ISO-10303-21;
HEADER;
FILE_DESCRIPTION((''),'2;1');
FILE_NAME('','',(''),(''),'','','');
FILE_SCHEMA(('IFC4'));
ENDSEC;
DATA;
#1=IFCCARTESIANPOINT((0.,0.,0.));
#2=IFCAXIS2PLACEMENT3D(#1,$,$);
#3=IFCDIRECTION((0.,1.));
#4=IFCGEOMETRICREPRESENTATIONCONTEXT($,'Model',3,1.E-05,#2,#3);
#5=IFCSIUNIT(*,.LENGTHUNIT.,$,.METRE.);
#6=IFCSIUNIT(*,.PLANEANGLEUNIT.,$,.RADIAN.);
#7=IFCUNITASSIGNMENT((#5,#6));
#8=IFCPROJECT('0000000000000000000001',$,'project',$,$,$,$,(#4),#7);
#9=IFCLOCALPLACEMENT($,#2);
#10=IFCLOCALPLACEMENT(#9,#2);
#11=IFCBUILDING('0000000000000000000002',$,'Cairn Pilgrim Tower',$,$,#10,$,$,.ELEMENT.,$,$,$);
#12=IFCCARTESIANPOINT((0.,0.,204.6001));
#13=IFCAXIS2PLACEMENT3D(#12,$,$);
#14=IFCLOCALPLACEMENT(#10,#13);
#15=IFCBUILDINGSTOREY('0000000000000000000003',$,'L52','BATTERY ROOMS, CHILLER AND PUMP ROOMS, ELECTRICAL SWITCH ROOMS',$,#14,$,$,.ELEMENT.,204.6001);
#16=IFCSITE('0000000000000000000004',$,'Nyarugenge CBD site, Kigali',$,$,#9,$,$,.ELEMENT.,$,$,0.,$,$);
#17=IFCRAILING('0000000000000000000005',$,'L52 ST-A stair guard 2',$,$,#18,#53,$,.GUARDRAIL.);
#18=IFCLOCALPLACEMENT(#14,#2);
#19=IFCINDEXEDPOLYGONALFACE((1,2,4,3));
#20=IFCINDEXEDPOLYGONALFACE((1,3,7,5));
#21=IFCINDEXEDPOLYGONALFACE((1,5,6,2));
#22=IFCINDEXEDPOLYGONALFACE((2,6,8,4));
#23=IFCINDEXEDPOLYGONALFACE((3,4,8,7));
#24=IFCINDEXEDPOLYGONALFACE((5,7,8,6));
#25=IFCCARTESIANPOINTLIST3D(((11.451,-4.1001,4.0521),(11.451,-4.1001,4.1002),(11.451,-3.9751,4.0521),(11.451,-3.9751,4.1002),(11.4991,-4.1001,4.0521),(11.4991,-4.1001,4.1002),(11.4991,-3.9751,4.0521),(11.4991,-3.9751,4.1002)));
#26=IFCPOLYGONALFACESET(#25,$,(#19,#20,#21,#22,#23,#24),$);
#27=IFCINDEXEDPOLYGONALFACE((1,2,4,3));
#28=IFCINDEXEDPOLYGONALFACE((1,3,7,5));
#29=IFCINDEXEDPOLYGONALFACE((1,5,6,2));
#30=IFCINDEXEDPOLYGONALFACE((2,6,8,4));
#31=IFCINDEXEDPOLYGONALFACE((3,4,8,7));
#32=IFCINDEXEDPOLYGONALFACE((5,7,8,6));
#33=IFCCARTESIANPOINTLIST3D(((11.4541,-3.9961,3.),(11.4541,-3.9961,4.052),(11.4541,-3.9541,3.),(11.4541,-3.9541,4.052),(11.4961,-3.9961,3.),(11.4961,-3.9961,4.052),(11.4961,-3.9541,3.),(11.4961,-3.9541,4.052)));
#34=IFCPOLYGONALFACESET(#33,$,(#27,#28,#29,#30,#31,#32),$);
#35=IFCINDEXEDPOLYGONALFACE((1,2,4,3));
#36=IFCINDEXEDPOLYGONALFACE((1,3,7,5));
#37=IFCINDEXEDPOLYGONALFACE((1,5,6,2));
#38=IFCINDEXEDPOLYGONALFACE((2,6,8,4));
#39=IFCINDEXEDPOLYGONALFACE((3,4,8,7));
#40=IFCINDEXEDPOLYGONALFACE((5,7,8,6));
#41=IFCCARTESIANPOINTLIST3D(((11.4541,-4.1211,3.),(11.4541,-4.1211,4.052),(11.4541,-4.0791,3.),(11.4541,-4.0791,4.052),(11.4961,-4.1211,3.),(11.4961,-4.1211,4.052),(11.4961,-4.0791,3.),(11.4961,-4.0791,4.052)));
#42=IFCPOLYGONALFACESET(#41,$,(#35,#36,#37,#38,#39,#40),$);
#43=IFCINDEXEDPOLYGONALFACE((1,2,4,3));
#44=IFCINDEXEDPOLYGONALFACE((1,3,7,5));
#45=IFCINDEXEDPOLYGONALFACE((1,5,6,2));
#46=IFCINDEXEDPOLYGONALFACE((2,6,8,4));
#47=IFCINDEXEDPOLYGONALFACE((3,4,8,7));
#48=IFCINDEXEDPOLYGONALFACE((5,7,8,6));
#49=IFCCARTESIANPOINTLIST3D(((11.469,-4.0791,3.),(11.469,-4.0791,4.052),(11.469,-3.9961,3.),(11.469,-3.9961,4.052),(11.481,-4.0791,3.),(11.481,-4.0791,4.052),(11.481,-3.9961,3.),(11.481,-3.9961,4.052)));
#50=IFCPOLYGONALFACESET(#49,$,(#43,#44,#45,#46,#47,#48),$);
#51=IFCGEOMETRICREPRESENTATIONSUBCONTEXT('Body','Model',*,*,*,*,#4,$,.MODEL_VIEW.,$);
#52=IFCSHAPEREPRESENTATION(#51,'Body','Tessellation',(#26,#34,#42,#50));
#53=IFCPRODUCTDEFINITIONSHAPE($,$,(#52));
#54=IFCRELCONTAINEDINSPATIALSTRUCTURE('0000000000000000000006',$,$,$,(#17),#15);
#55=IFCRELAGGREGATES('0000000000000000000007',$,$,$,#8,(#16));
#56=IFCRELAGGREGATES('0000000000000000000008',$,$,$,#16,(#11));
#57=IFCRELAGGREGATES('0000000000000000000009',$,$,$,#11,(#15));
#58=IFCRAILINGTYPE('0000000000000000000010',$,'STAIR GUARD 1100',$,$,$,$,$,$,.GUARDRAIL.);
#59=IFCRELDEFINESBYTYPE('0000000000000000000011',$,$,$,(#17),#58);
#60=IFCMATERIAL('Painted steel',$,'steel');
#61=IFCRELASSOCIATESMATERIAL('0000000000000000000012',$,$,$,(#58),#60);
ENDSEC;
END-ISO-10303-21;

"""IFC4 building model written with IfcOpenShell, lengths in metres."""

from ifc_helpers import new_model, si_unit, direction, frame, origin, origin_2d, place, context, subcontext, project, spatial, polyline, rectangle, outline, extrude, material, type_object, element, save


model = new_model("IFC4")

# Units and contexts
model_context = context("Model", 3, precision=1e-05, world=origin(), true_north=direction((0.0, 1.0)))
body_context = subcontext(model_context, "Body", "Model", "MODEL_VIEW")
ifc_project = project(units=[si_unit("LENGTHUNIT", "METRE"), si_unit("PLANEANGLEUNIT", "RADIAN")], contexts=[model_context])

# Site, building, storey
site_placement = place(None, origin())
site = spatial("IfcSite", under=ifc_project, at=site_placement, Name="Nyarugenge CBD site, Kigali", CompositionType="ELEMENT", RefElevation=0.0)
building_placement = place(site_placement, origin())
building = spatial("IfcBuilding", under=site, at=building_placement, Name="Cairn Pilgrim Tower", CompositionType="ELEMENT")
storey_placement = place(building_placement, frame((0.0, 0.0, 204.6001)))
storey = spatial("IfcBuildingStorey", under=building, at=storey_placement, Name="L52", Description="BATTERY ROOMS, CHILLER AND PUMP ROOMS, ELECTRICAL SWITCH ROOMS", CompositionType="ELEMENT", Elevation=204.6001)

# Shared definitions
ifc_material_1 = material(Name="Painted steel", Category="steel")

# Railing
railing_type_1 = type_object("IfcRailingType", Name="STAIR GUARD 1100", PredefinedType="GUARDRAIL", material=ifc_material_1)
railing_1_placement = place(storey_placement, frame((11.4751, -3.9751, 3.0)))
element("IfcRailing", 1, at=railing_1_placement, inside=storey, type_object=railing_type_1, Name="L52 ST-A stair guard 2", PredefinedType="GUARDRAIL", context=body_context, shape_type="SweptSolid", body=[
    extrude(rectangle(XDim=0.0481, YDim=0.0481, at=origin_2d()), frame((0.0, 0.0, 1.0762), z_axis=(0.0, -1.0, 0.0), x_axis=(1.0, 0.0, 0.0)), (0.0, 0.0, 1.0), 0.125),
    extrude(rectangle(XDim=0.042, YDim=0.042, at=origin_2d()), origin(), (0.0, 0.0, 1.0), 1.052),
    extrude(rectangle(XDim=0.042, YDim=0.042, at=origin_2d()), frame((0.0, -0.125, 0.0)), (0.0, 0.0, 1.0), 1.052),
    extrude(outline(polyline([(0.021, 0.0), (0.104, 0.0), (0.104, 1.052), (0.021, 1.052), (0.021, 0.0)])), frame((0.0059, 0.0, 0.0), z_axis=(-1.0, 0.0, 0.0), x_axis=(0.0, -1.0, 0.0)), (0.0, 0.0, 1.0), 0.012),
])

save(model, "model.ifc")
